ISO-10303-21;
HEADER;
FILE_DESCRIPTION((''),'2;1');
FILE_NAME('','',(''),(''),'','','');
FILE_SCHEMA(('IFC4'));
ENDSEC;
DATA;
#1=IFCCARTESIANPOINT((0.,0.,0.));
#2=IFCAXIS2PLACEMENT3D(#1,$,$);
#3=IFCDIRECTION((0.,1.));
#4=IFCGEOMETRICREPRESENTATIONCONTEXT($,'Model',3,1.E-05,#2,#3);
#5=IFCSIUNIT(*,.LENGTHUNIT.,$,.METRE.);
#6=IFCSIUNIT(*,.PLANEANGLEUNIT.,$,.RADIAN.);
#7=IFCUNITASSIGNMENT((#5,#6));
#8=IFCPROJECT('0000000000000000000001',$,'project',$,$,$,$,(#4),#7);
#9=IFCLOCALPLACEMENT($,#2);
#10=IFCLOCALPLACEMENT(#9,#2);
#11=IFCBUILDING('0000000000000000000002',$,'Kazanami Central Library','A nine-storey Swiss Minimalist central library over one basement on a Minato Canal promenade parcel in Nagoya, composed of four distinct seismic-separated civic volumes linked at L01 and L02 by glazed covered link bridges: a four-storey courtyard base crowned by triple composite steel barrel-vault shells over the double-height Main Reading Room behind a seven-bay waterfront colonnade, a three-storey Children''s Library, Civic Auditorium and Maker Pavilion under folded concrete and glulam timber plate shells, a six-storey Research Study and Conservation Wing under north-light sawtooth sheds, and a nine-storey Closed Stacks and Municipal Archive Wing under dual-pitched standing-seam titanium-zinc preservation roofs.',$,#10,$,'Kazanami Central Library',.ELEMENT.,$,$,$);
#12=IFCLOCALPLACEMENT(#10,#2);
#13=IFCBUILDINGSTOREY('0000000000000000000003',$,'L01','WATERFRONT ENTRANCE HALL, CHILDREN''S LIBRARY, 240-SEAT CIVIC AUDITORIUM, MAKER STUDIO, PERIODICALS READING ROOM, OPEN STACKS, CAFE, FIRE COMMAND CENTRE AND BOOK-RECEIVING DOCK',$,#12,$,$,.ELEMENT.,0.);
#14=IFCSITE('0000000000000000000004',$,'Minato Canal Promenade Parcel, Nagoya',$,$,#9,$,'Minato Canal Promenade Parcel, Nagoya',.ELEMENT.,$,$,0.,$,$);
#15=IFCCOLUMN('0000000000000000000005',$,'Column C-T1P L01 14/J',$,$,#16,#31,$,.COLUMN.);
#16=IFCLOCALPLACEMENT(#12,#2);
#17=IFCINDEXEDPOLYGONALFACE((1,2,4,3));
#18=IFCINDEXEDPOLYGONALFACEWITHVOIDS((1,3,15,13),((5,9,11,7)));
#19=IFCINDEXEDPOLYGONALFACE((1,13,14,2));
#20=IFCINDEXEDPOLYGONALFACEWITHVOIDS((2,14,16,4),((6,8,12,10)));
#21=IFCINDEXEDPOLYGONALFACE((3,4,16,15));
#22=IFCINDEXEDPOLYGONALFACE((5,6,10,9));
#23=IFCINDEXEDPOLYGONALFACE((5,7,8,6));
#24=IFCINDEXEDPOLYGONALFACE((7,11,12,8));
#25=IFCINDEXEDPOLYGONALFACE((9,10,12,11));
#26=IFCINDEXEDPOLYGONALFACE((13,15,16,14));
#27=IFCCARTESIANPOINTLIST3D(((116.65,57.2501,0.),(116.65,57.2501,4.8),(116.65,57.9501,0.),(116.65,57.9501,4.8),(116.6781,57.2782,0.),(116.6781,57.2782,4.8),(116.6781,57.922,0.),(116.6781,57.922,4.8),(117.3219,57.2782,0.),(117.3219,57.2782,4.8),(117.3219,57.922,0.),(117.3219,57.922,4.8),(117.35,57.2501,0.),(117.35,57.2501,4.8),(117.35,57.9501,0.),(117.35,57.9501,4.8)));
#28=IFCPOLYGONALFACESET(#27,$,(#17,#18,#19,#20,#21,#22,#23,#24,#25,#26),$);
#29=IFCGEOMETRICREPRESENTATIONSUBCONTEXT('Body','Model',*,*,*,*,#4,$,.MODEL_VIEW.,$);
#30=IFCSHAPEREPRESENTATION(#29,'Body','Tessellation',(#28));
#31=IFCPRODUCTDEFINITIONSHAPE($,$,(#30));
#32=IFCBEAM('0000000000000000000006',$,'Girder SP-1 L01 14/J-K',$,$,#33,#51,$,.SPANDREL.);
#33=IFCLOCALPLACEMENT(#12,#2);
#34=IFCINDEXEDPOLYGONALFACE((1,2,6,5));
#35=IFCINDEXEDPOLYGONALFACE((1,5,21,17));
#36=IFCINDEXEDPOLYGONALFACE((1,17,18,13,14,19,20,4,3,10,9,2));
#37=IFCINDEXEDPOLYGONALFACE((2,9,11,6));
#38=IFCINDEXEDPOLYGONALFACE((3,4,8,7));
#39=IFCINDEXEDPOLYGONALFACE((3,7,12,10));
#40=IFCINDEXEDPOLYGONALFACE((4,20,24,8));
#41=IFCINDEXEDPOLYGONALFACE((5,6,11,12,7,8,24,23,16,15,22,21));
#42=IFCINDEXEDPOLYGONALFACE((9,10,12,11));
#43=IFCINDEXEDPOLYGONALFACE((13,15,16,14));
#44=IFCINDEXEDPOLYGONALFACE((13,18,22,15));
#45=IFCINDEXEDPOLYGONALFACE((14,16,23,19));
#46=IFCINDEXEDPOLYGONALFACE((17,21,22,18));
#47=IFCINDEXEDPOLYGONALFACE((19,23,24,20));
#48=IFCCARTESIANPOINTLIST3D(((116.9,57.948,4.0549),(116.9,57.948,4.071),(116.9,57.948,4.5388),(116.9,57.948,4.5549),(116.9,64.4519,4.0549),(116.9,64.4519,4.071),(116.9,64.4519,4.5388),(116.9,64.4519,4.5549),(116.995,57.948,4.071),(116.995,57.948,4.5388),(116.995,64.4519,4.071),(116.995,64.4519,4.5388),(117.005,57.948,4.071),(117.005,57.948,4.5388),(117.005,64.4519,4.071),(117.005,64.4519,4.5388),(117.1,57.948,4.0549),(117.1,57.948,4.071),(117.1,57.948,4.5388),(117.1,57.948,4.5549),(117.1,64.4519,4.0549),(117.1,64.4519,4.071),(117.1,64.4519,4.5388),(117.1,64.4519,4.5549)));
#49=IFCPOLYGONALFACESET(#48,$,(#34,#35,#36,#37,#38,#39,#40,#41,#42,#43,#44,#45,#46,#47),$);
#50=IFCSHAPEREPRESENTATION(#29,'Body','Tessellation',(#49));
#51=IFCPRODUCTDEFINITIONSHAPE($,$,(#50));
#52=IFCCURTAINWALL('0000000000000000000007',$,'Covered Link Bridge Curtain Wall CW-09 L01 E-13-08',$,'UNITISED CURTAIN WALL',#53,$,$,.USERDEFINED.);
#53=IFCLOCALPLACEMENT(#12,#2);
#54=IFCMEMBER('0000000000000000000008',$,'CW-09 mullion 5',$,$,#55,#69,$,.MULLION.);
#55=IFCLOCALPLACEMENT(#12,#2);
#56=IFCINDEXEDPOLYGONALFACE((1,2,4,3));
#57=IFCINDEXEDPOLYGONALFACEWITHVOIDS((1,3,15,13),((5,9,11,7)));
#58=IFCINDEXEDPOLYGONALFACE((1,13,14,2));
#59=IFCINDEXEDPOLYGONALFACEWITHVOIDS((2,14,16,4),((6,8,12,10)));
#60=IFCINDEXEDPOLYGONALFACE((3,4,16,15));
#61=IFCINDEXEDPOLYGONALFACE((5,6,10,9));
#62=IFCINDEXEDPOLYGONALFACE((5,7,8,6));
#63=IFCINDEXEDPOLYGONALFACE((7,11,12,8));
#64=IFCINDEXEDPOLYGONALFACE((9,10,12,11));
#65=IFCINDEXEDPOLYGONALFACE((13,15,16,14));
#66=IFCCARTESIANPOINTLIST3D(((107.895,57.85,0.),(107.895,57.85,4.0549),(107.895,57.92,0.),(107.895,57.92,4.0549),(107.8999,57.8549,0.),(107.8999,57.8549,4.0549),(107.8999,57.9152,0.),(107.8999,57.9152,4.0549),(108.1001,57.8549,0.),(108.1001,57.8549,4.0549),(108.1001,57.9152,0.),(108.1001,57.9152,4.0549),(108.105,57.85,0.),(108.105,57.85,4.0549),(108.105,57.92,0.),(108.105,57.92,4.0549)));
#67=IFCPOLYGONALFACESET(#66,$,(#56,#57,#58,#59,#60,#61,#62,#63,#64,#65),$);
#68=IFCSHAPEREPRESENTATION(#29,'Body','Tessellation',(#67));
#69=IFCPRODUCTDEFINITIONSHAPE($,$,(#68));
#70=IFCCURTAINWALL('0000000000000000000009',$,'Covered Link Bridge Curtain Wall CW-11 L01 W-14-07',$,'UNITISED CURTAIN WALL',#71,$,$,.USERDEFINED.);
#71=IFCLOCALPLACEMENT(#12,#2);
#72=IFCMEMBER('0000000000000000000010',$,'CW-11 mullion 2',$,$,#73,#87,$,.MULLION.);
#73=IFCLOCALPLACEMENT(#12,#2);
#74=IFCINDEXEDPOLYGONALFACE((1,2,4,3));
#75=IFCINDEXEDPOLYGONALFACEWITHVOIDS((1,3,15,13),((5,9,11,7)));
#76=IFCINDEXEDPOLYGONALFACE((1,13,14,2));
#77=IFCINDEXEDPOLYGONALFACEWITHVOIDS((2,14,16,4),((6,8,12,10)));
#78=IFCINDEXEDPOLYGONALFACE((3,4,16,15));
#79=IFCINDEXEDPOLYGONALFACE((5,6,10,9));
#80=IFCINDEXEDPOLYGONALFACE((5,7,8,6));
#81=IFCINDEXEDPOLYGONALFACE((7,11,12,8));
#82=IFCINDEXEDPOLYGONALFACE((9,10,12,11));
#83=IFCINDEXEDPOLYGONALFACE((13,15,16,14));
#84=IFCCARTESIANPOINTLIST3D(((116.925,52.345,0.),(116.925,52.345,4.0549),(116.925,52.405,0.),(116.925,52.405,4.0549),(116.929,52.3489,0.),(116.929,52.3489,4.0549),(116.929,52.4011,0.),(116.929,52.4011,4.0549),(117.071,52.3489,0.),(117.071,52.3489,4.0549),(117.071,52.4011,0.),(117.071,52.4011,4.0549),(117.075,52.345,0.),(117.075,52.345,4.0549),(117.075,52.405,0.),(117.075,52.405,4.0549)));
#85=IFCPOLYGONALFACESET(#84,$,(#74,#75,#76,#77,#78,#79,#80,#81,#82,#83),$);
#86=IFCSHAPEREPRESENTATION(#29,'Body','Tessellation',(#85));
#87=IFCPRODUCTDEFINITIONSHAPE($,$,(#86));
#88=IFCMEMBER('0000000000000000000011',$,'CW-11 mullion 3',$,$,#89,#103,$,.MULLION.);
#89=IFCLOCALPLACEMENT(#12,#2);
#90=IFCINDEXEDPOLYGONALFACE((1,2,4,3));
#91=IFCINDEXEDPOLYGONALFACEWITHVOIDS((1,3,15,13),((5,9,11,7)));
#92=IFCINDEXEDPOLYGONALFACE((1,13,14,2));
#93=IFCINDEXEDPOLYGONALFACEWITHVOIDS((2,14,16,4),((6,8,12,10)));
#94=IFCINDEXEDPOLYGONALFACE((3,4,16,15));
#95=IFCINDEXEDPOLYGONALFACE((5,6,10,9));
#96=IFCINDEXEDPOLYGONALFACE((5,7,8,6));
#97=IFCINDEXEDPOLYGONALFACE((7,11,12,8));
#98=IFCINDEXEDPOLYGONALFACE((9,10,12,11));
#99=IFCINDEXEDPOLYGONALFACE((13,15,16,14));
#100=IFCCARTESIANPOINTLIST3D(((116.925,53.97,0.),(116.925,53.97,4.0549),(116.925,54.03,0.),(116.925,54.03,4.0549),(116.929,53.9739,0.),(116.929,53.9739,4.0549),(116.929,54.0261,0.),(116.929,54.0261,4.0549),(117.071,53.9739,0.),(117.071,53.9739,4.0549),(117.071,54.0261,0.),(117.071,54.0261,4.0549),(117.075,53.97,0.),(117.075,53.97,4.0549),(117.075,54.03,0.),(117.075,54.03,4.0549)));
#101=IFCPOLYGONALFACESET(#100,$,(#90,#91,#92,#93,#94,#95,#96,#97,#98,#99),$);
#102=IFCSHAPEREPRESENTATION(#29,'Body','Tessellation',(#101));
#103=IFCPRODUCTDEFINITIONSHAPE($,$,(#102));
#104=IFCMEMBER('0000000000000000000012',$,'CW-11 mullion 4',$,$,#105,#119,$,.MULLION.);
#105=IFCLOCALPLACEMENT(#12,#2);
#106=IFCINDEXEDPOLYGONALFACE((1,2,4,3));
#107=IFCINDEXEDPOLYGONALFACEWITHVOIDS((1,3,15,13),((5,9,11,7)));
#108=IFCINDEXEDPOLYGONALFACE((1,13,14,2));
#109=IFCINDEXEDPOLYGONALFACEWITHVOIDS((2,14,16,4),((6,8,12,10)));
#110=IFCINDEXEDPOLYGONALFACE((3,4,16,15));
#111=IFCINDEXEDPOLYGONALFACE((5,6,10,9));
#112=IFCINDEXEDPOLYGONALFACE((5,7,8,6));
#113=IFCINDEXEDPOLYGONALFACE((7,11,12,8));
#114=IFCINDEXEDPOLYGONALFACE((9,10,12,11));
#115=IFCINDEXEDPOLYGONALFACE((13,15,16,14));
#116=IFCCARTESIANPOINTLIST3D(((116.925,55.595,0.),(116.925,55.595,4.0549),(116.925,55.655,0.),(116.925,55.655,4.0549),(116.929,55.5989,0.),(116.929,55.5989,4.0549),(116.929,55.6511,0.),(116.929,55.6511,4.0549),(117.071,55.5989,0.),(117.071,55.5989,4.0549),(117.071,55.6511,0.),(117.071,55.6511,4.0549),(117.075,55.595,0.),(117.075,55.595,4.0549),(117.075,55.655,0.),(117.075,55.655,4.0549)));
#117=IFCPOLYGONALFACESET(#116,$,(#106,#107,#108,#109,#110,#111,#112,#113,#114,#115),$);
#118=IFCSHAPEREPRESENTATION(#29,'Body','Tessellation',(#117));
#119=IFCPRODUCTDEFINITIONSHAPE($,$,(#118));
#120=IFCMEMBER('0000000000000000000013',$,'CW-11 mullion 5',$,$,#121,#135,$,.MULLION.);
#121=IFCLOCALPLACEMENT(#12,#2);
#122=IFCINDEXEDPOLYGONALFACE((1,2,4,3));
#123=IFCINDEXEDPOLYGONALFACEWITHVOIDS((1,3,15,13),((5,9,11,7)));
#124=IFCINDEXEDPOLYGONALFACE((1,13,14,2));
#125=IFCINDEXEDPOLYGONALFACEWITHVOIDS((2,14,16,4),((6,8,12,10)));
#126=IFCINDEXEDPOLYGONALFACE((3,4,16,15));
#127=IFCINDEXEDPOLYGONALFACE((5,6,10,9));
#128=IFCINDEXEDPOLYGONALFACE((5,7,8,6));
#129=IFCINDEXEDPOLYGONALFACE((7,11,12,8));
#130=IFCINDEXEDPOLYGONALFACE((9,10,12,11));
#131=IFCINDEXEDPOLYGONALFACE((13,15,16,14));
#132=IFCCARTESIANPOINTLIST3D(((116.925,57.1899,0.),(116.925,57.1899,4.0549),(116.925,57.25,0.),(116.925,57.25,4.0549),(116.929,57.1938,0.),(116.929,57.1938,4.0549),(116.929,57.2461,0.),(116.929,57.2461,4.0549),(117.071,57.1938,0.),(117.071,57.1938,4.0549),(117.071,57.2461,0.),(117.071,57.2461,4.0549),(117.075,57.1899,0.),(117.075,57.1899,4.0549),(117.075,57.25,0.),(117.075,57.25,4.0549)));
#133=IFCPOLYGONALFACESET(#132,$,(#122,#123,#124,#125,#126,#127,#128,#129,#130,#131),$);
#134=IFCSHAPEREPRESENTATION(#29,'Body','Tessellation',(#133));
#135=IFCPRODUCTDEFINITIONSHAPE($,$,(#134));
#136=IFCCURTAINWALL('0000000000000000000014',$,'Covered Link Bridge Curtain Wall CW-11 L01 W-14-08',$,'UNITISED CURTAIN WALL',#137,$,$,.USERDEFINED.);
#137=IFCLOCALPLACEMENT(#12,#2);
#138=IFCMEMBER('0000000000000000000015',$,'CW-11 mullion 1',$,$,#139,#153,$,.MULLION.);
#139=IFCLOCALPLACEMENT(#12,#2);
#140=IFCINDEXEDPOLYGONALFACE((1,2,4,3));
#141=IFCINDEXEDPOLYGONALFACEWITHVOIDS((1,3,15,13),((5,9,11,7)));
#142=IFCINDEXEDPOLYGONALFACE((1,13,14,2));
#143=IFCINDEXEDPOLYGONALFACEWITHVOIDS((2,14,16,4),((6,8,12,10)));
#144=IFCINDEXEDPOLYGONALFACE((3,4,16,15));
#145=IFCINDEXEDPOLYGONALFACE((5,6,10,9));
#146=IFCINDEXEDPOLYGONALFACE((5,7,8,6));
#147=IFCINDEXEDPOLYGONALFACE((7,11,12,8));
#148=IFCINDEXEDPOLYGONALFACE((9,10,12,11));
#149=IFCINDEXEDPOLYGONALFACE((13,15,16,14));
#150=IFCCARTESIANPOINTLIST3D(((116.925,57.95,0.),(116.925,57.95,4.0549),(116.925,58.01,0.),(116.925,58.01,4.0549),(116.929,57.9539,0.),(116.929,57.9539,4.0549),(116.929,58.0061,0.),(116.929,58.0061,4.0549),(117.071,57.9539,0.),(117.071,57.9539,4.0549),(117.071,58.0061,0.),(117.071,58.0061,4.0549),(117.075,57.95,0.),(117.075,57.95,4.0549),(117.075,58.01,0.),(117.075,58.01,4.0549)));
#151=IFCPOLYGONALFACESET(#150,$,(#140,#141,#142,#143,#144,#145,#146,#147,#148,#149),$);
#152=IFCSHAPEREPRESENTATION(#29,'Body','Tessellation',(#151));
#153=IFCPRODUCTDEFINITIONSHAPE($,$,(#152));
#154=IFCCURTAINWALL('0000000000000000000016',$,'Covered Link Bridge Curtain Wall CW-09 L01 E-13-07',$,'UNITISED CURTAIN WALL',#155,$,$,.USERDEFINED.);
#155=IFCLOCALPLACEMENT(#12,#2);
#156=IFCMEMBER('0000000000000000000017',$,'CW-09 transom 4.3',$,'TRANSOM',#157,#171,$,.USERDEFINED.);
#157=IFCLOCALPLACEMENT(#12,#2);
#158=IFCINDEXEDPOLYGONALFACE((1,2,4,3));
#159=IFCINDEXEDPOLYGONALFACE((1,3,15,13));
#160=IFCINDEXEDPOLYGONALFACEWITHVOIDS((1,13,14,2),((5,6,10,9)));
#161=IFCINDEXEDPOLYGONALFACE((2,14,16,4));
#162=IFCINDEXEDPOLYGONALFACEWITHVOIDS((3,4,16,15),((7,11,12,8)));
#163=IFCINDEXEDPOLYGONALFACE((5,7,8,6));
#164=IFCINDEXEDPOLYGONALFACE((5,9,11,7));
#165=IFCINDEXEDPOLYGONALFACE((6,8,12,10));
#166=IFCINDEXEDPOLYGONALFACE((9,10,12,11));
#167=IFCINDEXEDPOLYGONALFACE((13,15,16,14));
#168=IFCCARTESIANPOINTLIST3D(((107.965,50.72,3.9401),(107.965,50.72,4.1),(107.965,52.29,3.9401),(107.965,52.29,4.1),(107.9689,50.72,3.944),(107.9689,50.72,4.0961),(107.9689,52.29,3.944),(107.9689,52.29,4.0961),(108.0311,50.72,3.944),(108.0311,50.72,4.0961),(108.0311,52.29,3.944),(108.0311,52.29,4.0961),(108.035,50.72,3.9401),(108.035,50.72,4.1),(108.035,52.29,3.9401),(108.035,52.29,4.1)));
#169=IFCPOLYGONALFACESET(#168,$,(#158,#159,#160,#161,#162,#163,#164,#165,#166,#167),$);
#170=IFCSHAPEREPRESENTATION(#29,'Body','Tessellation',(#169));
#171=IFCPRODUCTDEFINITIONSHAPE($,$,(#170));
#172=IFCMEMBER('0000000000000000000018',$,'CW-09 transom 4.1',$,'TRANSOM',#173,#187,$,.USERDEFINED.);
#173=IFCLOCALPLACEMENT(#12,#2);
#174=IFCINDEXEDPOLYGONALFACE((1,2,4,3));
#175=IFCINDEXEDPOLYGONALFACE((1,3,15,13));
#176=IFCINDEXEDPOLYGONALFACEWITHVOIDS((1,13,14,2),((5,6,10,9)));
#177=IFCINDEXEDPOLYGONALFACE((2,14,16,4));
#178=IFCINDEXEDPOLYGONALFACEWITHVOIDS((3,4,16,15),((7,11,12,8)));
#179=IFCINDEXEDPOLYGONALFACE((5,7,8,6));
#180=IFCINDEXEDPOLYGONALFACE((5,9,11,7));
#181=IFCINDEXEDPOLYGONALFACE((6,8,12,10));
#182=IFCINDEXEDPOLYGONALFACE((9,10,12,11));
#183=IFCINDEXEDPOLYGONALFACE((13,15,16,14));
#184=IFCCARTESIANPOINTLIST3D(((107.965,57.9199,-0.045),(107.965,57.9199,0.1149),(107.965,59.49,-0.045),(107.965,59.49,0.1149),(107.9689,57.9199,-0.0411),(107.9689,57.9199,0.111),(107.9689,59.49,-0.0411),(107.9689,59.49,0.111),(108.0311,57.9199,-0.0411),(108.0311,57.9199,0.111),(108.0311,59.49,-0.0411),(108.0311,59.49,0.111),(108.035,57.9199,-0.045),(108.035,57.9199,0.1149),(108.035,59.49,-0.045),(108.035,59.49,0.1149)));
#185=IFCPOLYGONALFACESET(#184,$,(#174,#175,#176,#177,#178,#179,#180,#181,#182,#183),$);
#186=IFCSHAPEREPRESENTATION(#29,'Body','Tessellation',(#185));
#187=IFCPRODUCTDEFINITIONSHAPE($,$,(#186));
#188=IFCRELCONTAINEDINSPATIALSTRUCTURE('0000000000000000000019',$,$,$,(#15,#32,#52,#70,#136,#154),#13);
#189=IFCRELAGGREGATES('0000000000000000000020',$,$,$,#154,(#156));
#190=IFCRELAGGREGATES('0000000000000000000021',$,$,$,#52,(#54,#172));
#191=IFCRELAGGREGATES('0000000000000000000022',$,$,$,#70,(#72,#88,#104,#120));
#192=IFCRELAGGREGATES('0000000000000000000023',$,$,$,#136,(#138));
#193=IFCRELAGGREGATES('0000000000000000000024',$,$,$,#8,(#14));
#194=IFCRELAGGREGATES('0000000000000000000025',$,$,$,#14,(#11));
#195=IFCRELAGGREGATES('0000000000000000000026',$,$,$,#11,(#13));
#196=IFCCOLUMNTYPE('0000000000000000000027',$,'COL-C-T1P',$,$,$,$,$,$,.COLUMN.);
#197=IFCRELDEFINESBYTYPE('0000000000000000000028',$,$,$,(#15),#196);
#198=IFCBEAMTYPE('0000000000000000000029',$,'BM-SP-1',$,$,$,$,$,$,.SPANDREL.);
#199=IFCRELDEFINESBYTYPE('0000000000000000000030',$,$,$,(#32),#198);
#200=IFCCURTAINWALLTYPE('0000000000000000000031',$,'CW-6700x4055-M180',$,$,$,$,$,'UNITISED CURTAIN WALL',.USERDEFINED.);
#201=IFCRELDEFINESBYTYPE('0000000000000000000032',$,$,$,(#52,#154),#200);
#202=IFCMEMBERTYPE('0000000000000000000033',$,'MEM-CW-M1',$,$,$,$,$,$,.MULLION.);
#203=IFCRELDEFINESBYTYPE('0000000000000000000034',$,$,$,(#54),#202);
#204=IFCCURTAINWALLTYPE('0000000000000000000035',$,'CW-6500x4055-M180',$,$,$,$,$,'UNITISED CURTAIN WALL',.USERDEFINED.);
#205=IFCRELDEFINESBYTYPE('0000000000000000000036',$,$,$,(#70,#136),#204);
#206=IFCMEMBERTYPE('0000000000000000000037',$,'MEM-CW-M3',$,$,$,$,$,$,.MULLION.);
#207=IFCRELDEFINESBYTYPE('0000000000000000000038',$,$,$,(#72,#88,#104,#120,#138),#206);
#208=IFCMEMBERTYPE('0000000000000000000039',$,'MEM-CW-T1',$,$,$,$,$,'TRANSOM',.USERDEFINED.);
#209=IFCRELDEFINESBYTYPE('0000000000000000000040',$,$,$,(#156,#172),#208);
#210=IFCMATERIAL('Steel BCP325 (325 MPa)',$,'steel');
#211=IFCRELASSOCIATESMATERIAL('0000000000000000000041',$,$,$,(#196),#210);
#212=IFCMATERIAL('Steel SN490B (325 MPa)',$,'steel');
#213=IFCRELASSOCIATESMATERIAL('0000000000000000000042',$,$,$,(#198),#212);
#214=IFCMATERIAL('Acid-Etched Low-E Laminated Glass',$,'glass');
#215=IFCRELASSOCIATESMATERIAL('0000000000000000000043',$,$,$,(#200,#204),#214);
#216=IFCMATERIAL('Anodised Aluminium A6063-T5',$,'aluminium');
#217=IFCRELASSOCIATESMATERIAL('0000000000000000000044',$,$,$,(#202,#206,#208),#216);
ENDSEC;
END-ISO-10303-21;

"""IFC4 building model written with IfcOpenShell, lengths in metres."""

from ifc_helpers import new_model, si_unit, direction, frame, origin, origin_2d, place, context, subcontext, project, spatial, hollow_rectangle, i_section, extrude, material, material_profile, profile_set, type_object, element, aggregate, save


model = new_model("IFC4")

# Units and contexts
model_context = context("Model", 3, precision=1e-05, world=origin(), true_north=direction((0.0, 1.0)))
body_context = subcontext(model_context, "Body", "Model", "MODEL_VIEW")
ifc_project = project(units=[si_unit("LENGTHUNIT", "METRE"), si_unit("PLANEANGLEUNIT", "RADIAN")], contexts=[model_context])

# Site, building, storey
site_placement = place(None, origin())
site = spatial("IfcSite", under=ifc_project, at=site_placement, Name="Minato Canal Promenade Parcel, Nagoya", LongName="Minato Canal Promenade Parcel, Nagoya", CompositionType="ELEMENT", RefElevation=0.0)
building_placement = place(site_placement, origin())
building = spatial("IfcBuilding", under=site, at=building_placement, Name="Kazanami Central Library", Description="A nine-storey Swiss Minimalist central library over one basement on a Minato Canal promenade parcel in Nagoya, composed of four distinct seismic-separated civic volumes linked at L01 and L02 by glazed covered link bridges: a four-storey courtyard base crowned by triple composite steel barrel-vault shells over the double-height Main Reading Room behind a seven-bay waterfront colonnade, a three-storey Children's Library, Civic Auditorium and Maker Pavilion under folded concrete and glulam timber plate shells, a six-storey Research Study and Conservation Wing under north-light sawtooth sheds, and a nine-storey Closed Stacks and Municipal Archive Wing under dual-pitched standing-seam titanium-zinc preservation roofs.", LongName="Kazanami Central Library", CompositionType="ELEMENT")
storey_placement = place(building_placement, origin())
storey = spatial("IfcBuildingStorey", under=building, at=storey_placement, Name="L01", Description="WATERFRONT ENTRANCE HALL, CHILDREN'S LIBRARY, 240-SEAT CIVIC AUDITORIUM, MAKER STUDIO, PERIODICALS READING ROOM, OPEN STACKS, CAFE, FIRE COMMAND CENTRE AND BOOK-RECEIVING DOCK", CompositionType="ELEMENT", Elevation=0.0)

# Column
ifc_material_1 = material(Name="Steel BCP325 (325 MPa)", Category="steel")
ifc_material_profile_1 = material_profile(ifc_material_1, hollow_rectangle(XDim=0.7, YDim=0.7, WallThickness=0.0281, at=origin_2d()), Name="BCP-700x700x28")
ifc_profile_set_1 = profile_set([ifc_material_profile_1], Name="Steel BCP325 (325 MPa)")
column_type = type_object("IfcColumnType", Name="COL-C-T1P", PredefinedType="COLUMN", material=ifc_profile_set_1)
column_placement = place(storey_placement, frame((117.0, 57.6001, 0.0), z_axis=(0.0, 0.0, 1.0), x_axis=(1.0, 0.0, 0.0)))
element("IfcColumn", 1, at=column_placement, inside=storey, type_object=column_type, Name="Column C-T1P L01 14/J", PredefinedType="COLUMN", context=body_context, shape_type="SweptSolid", body=[
    extrude(hollow_rectangle(XDim=0.7, YDim=0.7, WallThickness=0.0281, at=origin_2d()), origin(), (0.0, 0.0, 1.0), 4.8),
])

# Beam
ifc_material_2 = material(Name="Steel SN490B (325 MPa)", Category="steel")
ifc_material_profile_2 = material_profile(ifc_material_2, i_section(OverallWidth=0.2, OverallDepth=0.5, WebThickness=0.01, FlangeThickness=0.0161, at=origin_2d()), Name="H-500x200x10x16")
ifc_profile_set_2 = profile_set([ifc_material_profile_2], Name="Steel SN490B (325 MPa)")
beam_type = type_object("IfcBeamType", Name="BM-SP-1", PredefinedType="SPANDREL", material=ifc_profile_set_2)
beam_placement = place(storey_placement, frame((117.0, 57.948, 4.3049), z_axis=(0.0, 1.0, 0.0), x_axis=(-1.0, 0.0, 0.0)))
element("IfcBeam", 2, at=beam_placement, inside=storey, type_object=beam_type, Name="Girder SP-1 L01 14/J-K", PredefinedType="SPANDREL", context=body_context, shape_type="SweptSolid", body=[
    extrude(i_section(OverallWidth=0.2, OverallDepth=0.5, WebThickness=0.01, FlangeThickness=0.0161, at=origin_2d()), origin(), (0.0, 0.0, 1.0), 6.5039),
])

# Curtain wall, member
ifc_material_3 = material(Name="Acid-Etched Low-E Laminated Glass", Category="glass")
curtain_wall_type_1 = type_object("IfcCurtainWallType", Name="CW-6700x4055-M180", ElementType="UNITISED CURTAIN WALL", PredefinedType="USERDEFINED", material=ifc_material_3)
curtain_wall_1_placement = place(storey_placement, origin())
curtain_wall_1 = element("IfcCurtainWall", 3, at=curtain_wall_1_placement, inside=storey, type_object=curtain_wall_type_1, Name="Covered Link Bridge Curtain Wall CW-09 L01 E-13-08", ObjectType="UNITISED CURTAIN WALL", PredefinedType="USERDEFINED")
ifc_material_4 = material(Name="Anodised Aluminium A6063-T5", Category="aluminium")
ifc_material_profile_3 = material_profile(ifc_material_4, hollow_rectangle(XDim=0.0701, YDim=0.21, WallThickness=0.0049, at=origin_2d()), Name="ALU-MULL-70x210x5")
ifc_profile_set_3 = profile_set([ifc_material_profile_3], Name="Anodised Aluminium A6063-T5")
member_type_1 = type_object("IfcMemberType", Name="MEM-CW-M1", PredefinedType="MULLION", material=ifc_profile_set_3)
member_1_placement = place(storey_placement, frame((108.0, 57.885, 0.0), z_axis=(0.0, 0.0, 1.0), x_axis=(0.0, -1.0, 0.0)))
member_1 = element("IfcMember", 4, at=member_1_placement, type_object=member_type_1, Name="CW-09 mullion 5", PredefinedType="MULLION", context=body_context, shape_type="SweptSolid", body=[
    extrude(hollow_rectangle(XDim=0.0701, YDim=0.21, WallThickness=0.0049, at=origin_2d()), origin(), (0.0, 0.0, 1.0), 4.0549),
])

# Curtain wall, members
curtain_wall_type_2 = type_object("IfcCurtainWallType", Name="CW-6500x4055-M180", ElementType="UNITISED CURTAIN WALL", PredefinedType="USERDEFINED", material=ifc_material_3)
curtain_wall_2_placement = place(storey_placement, origin())
curtain_wall_2 = element("IfcCurtainWall", 5, at=curtain_wall_2_placement, inside=storey, type_object=curtain_wall_type_2, Name="Covered Link Bridge Curtain Wall CW-11 L01 W-14-07", ObjectType="UNITISED CURTAIN WALL", PredefinedType="USERDEFINED")
ifc_material_profile_4 = material_profile(ifc_material_4, hollow_rectangle(XDim=0.0601, YDim=0.1499, WallThickness=0.0039, at=origin_2d()), Name="ALU-MULL-60x150x4")
ifc_profile_set_4 = profile_set([ifc_material_profile_4], Name="Anodised Aluminium A6063-T5")
member_type_2 = type_object("IfcMemberType", Name="MEM-CW-M3", PredefinedType="MULLION", material=ifc_profile_set_4)
member_2_placement = place(storey_placement, frame((117.0, 52.375, 0.0), z_axis=(0.0, 0.0, 1.0), x_axis=(0.0, 1.0, 0.0)))
member_2 = element("IfcMember", 6, at=member_2_placement, type_object=member_type_2, Name="CW-11 mullion 2", PredefinedType="MULLION", context=body_context, shape_type="SweptSolid", body=[
    extrude(hollow_rectangle(XDim=0.0601, YDim=0.1499, WallThickness=0.0039, at=origin_2d()), origin(), (0.0, 0.0, 1.0), 4.0549),
])
member_3_placement = place(storey_placement, frame((117.0, 54.0, 0.0), z_axis=(0.0, 0.0, 1.0), x_axis=(0.0, 1.0, 0.0)))
member_3 = element("IfcMember", 7, at=member_3_placement, type_object=member_type_2, Name="CW-11 mullion 3", PredefinedType="MULLION", context=body_context, shape_type="SweptSolid", body=[
    extrude(hollow_rectangle(XDim=0.0601, YDim=0.1499, WallThickness=0.0039, at=origin_2d()), origin(), (0.0, 0.0, 1.0), 4.0549),
])
member_4_placement = place(storey_placement, frame((117.0, 55.625, 0.0), z_axis=(0.0, 0.0, 1.0), x_axis=(0.0, 1.0, 0.0)))
member_4 = element("IfcMember", 8, at=member_4_placement, type_object=member_type_2, Name="CW-11 mullion 4", PredefinedType="MULLION", context=body_context, shape_type="SweptSolid", body=[
    extrude(hollow_rectangle(XDim=0.0601, YDim=0.1499, WallThickness=0.0039, at=origin_2d()), origin(), (0.0, 0.0, 1.0), 4.0549),
])
member_5_placement = place(storey_placement, frame((117.0, 57.22, 0.0), z_axis=(0.0, 0.0, 1.0), x_axis=(0.0, 1.0, 0.0)))
member_5 = element("IfcMember", 9, at=member_5_placement, type_object=member_type_2, Name="CW-11 mullion 5", PredefinedType="MULLION", context=body_context, shape_type="SweptSolid", body=[
    extrude(hollow_rectangle(XDim=0.0601, YDim=0.1499, WallThickness=0.0039, at=origin_2d()), origin(), (0.0, 0.0, 1.0), 4.0549),
])

# Curtain walls, members
curtain_wall_3_placement = place(storey_placement, origin())
curtain_wall_3 = element("IfcCurtainWall", 10, at=curtain_wall_3_placement, inside=storey, type_object=curtain_wall_type_2, Name="Covered Link Bridge Curtain Wall CW-11 L01 W-14-08", ObjectType="UNITISED CURTAIN WALL", PredefinedType="USERDEFINED")
member_6_placement = place(storey_placement, frame((117.0, 57.98, 0.0), z_axis=(0.0, 0.0, 1.0), x_axis=(0.0, 1.0, 0.0)))
member_6 = element("IfcMember", 11, at=member_6_placement, type_object=member_type_2, Name="CW-11 mullion 1", PredefinedType="MULLION", context=body_context, shape_type="SweptSolid", body=[
    extrude(hollow_rectangle(XDim=0.0601, YDim=0.1499, WallThickness=0.0039, at=origin_2d()), origin(), (0.0, 0.0, 1.0), 4.0549),
])
curtain_wall_4_placement = place(storey_placement, origin())
curtain_wall_4 = element("IfcCurtainWall", 12, at=curtain_wall_4_placement, inside=storey, type_object=curtain_wall_type_1, Name="Covered Link Bridge Curtain Wall CW-09 L01 E-13-07", ObjectType="UNITISED CURTAIN WALL", PredefinedType="USERDEFINED")
ifc_material_profile_5 = material_profile(ifc_material_4, hollow_rectangle(XDim=0.0701, YDim=0.1599, WallThickness=0.0039, at=origin_2d()), Name="ALU-TRAN-70x160x4")
ifc_profile_set_5 = profile_set([ifc_material_profile_5], Name="Anodised Aluminium A6063-T5")
member_type_3 = type_object("IfcMemberType", Name="MEM-CW-T1", ElementType="TRANSOM", PredefinedType="USERDEFINED", material=ifc_profile_set_5)
member_7_placement = place(storey_placement, frame((108.0, 52.29, 4.02), z_axis=(0.0, -1.0, 0.0), x_axis=(1.0, 0.0, 0.0)))
member_7 = element("IfcMember", 13, at=member_7_placement, type_object=member_type_3, Name="CW-09 transom 4.3", ObjectType="TRANSOM", PredefinedType="USERDEFINED", context=body_context, shape_type="SweptSolid", body=[
    extrude(hollow_rectangle(XDim=0.0701, YDim=0.1599, WallThickness=0.0039, at=origin_2d()), origin(), (0.0, 0.0, 1.0), 1.5701),
])
aggregate(curtain_wall_4, [member_7])

# Member
member_8_placement = place(storey_placement, frame((108.0, 59.49, 0.0349), z_axis=(0.0, -1.0, 0.0), x_axis=(1.0, 0.0, 0.0)))
member_8 = element("IfcMember", 14, at=member_8_placement, type_object=member_type_3, Name="CW-09 transom 4.1", ObjectType="TRANSOM", PredefinedType="USERDEFINED", context=body_context, shape_type="SweptSolid", body=[
    extrude(hollow_rectangle(XDim=0.0701, YDim=0.1599, WallThickness=0.0039, at=origin_2d()), origin(), (0.0, 0.0, 1.0), 1.5701),
])

aggregate(curtain_wall_1, [member_1, member_8])
aggregate(curtain_wall_2, [member_2, member_3, member_4, member_5])
aggregate(curtain_wall_3, [member_6])

save(model, "model.ifc")
